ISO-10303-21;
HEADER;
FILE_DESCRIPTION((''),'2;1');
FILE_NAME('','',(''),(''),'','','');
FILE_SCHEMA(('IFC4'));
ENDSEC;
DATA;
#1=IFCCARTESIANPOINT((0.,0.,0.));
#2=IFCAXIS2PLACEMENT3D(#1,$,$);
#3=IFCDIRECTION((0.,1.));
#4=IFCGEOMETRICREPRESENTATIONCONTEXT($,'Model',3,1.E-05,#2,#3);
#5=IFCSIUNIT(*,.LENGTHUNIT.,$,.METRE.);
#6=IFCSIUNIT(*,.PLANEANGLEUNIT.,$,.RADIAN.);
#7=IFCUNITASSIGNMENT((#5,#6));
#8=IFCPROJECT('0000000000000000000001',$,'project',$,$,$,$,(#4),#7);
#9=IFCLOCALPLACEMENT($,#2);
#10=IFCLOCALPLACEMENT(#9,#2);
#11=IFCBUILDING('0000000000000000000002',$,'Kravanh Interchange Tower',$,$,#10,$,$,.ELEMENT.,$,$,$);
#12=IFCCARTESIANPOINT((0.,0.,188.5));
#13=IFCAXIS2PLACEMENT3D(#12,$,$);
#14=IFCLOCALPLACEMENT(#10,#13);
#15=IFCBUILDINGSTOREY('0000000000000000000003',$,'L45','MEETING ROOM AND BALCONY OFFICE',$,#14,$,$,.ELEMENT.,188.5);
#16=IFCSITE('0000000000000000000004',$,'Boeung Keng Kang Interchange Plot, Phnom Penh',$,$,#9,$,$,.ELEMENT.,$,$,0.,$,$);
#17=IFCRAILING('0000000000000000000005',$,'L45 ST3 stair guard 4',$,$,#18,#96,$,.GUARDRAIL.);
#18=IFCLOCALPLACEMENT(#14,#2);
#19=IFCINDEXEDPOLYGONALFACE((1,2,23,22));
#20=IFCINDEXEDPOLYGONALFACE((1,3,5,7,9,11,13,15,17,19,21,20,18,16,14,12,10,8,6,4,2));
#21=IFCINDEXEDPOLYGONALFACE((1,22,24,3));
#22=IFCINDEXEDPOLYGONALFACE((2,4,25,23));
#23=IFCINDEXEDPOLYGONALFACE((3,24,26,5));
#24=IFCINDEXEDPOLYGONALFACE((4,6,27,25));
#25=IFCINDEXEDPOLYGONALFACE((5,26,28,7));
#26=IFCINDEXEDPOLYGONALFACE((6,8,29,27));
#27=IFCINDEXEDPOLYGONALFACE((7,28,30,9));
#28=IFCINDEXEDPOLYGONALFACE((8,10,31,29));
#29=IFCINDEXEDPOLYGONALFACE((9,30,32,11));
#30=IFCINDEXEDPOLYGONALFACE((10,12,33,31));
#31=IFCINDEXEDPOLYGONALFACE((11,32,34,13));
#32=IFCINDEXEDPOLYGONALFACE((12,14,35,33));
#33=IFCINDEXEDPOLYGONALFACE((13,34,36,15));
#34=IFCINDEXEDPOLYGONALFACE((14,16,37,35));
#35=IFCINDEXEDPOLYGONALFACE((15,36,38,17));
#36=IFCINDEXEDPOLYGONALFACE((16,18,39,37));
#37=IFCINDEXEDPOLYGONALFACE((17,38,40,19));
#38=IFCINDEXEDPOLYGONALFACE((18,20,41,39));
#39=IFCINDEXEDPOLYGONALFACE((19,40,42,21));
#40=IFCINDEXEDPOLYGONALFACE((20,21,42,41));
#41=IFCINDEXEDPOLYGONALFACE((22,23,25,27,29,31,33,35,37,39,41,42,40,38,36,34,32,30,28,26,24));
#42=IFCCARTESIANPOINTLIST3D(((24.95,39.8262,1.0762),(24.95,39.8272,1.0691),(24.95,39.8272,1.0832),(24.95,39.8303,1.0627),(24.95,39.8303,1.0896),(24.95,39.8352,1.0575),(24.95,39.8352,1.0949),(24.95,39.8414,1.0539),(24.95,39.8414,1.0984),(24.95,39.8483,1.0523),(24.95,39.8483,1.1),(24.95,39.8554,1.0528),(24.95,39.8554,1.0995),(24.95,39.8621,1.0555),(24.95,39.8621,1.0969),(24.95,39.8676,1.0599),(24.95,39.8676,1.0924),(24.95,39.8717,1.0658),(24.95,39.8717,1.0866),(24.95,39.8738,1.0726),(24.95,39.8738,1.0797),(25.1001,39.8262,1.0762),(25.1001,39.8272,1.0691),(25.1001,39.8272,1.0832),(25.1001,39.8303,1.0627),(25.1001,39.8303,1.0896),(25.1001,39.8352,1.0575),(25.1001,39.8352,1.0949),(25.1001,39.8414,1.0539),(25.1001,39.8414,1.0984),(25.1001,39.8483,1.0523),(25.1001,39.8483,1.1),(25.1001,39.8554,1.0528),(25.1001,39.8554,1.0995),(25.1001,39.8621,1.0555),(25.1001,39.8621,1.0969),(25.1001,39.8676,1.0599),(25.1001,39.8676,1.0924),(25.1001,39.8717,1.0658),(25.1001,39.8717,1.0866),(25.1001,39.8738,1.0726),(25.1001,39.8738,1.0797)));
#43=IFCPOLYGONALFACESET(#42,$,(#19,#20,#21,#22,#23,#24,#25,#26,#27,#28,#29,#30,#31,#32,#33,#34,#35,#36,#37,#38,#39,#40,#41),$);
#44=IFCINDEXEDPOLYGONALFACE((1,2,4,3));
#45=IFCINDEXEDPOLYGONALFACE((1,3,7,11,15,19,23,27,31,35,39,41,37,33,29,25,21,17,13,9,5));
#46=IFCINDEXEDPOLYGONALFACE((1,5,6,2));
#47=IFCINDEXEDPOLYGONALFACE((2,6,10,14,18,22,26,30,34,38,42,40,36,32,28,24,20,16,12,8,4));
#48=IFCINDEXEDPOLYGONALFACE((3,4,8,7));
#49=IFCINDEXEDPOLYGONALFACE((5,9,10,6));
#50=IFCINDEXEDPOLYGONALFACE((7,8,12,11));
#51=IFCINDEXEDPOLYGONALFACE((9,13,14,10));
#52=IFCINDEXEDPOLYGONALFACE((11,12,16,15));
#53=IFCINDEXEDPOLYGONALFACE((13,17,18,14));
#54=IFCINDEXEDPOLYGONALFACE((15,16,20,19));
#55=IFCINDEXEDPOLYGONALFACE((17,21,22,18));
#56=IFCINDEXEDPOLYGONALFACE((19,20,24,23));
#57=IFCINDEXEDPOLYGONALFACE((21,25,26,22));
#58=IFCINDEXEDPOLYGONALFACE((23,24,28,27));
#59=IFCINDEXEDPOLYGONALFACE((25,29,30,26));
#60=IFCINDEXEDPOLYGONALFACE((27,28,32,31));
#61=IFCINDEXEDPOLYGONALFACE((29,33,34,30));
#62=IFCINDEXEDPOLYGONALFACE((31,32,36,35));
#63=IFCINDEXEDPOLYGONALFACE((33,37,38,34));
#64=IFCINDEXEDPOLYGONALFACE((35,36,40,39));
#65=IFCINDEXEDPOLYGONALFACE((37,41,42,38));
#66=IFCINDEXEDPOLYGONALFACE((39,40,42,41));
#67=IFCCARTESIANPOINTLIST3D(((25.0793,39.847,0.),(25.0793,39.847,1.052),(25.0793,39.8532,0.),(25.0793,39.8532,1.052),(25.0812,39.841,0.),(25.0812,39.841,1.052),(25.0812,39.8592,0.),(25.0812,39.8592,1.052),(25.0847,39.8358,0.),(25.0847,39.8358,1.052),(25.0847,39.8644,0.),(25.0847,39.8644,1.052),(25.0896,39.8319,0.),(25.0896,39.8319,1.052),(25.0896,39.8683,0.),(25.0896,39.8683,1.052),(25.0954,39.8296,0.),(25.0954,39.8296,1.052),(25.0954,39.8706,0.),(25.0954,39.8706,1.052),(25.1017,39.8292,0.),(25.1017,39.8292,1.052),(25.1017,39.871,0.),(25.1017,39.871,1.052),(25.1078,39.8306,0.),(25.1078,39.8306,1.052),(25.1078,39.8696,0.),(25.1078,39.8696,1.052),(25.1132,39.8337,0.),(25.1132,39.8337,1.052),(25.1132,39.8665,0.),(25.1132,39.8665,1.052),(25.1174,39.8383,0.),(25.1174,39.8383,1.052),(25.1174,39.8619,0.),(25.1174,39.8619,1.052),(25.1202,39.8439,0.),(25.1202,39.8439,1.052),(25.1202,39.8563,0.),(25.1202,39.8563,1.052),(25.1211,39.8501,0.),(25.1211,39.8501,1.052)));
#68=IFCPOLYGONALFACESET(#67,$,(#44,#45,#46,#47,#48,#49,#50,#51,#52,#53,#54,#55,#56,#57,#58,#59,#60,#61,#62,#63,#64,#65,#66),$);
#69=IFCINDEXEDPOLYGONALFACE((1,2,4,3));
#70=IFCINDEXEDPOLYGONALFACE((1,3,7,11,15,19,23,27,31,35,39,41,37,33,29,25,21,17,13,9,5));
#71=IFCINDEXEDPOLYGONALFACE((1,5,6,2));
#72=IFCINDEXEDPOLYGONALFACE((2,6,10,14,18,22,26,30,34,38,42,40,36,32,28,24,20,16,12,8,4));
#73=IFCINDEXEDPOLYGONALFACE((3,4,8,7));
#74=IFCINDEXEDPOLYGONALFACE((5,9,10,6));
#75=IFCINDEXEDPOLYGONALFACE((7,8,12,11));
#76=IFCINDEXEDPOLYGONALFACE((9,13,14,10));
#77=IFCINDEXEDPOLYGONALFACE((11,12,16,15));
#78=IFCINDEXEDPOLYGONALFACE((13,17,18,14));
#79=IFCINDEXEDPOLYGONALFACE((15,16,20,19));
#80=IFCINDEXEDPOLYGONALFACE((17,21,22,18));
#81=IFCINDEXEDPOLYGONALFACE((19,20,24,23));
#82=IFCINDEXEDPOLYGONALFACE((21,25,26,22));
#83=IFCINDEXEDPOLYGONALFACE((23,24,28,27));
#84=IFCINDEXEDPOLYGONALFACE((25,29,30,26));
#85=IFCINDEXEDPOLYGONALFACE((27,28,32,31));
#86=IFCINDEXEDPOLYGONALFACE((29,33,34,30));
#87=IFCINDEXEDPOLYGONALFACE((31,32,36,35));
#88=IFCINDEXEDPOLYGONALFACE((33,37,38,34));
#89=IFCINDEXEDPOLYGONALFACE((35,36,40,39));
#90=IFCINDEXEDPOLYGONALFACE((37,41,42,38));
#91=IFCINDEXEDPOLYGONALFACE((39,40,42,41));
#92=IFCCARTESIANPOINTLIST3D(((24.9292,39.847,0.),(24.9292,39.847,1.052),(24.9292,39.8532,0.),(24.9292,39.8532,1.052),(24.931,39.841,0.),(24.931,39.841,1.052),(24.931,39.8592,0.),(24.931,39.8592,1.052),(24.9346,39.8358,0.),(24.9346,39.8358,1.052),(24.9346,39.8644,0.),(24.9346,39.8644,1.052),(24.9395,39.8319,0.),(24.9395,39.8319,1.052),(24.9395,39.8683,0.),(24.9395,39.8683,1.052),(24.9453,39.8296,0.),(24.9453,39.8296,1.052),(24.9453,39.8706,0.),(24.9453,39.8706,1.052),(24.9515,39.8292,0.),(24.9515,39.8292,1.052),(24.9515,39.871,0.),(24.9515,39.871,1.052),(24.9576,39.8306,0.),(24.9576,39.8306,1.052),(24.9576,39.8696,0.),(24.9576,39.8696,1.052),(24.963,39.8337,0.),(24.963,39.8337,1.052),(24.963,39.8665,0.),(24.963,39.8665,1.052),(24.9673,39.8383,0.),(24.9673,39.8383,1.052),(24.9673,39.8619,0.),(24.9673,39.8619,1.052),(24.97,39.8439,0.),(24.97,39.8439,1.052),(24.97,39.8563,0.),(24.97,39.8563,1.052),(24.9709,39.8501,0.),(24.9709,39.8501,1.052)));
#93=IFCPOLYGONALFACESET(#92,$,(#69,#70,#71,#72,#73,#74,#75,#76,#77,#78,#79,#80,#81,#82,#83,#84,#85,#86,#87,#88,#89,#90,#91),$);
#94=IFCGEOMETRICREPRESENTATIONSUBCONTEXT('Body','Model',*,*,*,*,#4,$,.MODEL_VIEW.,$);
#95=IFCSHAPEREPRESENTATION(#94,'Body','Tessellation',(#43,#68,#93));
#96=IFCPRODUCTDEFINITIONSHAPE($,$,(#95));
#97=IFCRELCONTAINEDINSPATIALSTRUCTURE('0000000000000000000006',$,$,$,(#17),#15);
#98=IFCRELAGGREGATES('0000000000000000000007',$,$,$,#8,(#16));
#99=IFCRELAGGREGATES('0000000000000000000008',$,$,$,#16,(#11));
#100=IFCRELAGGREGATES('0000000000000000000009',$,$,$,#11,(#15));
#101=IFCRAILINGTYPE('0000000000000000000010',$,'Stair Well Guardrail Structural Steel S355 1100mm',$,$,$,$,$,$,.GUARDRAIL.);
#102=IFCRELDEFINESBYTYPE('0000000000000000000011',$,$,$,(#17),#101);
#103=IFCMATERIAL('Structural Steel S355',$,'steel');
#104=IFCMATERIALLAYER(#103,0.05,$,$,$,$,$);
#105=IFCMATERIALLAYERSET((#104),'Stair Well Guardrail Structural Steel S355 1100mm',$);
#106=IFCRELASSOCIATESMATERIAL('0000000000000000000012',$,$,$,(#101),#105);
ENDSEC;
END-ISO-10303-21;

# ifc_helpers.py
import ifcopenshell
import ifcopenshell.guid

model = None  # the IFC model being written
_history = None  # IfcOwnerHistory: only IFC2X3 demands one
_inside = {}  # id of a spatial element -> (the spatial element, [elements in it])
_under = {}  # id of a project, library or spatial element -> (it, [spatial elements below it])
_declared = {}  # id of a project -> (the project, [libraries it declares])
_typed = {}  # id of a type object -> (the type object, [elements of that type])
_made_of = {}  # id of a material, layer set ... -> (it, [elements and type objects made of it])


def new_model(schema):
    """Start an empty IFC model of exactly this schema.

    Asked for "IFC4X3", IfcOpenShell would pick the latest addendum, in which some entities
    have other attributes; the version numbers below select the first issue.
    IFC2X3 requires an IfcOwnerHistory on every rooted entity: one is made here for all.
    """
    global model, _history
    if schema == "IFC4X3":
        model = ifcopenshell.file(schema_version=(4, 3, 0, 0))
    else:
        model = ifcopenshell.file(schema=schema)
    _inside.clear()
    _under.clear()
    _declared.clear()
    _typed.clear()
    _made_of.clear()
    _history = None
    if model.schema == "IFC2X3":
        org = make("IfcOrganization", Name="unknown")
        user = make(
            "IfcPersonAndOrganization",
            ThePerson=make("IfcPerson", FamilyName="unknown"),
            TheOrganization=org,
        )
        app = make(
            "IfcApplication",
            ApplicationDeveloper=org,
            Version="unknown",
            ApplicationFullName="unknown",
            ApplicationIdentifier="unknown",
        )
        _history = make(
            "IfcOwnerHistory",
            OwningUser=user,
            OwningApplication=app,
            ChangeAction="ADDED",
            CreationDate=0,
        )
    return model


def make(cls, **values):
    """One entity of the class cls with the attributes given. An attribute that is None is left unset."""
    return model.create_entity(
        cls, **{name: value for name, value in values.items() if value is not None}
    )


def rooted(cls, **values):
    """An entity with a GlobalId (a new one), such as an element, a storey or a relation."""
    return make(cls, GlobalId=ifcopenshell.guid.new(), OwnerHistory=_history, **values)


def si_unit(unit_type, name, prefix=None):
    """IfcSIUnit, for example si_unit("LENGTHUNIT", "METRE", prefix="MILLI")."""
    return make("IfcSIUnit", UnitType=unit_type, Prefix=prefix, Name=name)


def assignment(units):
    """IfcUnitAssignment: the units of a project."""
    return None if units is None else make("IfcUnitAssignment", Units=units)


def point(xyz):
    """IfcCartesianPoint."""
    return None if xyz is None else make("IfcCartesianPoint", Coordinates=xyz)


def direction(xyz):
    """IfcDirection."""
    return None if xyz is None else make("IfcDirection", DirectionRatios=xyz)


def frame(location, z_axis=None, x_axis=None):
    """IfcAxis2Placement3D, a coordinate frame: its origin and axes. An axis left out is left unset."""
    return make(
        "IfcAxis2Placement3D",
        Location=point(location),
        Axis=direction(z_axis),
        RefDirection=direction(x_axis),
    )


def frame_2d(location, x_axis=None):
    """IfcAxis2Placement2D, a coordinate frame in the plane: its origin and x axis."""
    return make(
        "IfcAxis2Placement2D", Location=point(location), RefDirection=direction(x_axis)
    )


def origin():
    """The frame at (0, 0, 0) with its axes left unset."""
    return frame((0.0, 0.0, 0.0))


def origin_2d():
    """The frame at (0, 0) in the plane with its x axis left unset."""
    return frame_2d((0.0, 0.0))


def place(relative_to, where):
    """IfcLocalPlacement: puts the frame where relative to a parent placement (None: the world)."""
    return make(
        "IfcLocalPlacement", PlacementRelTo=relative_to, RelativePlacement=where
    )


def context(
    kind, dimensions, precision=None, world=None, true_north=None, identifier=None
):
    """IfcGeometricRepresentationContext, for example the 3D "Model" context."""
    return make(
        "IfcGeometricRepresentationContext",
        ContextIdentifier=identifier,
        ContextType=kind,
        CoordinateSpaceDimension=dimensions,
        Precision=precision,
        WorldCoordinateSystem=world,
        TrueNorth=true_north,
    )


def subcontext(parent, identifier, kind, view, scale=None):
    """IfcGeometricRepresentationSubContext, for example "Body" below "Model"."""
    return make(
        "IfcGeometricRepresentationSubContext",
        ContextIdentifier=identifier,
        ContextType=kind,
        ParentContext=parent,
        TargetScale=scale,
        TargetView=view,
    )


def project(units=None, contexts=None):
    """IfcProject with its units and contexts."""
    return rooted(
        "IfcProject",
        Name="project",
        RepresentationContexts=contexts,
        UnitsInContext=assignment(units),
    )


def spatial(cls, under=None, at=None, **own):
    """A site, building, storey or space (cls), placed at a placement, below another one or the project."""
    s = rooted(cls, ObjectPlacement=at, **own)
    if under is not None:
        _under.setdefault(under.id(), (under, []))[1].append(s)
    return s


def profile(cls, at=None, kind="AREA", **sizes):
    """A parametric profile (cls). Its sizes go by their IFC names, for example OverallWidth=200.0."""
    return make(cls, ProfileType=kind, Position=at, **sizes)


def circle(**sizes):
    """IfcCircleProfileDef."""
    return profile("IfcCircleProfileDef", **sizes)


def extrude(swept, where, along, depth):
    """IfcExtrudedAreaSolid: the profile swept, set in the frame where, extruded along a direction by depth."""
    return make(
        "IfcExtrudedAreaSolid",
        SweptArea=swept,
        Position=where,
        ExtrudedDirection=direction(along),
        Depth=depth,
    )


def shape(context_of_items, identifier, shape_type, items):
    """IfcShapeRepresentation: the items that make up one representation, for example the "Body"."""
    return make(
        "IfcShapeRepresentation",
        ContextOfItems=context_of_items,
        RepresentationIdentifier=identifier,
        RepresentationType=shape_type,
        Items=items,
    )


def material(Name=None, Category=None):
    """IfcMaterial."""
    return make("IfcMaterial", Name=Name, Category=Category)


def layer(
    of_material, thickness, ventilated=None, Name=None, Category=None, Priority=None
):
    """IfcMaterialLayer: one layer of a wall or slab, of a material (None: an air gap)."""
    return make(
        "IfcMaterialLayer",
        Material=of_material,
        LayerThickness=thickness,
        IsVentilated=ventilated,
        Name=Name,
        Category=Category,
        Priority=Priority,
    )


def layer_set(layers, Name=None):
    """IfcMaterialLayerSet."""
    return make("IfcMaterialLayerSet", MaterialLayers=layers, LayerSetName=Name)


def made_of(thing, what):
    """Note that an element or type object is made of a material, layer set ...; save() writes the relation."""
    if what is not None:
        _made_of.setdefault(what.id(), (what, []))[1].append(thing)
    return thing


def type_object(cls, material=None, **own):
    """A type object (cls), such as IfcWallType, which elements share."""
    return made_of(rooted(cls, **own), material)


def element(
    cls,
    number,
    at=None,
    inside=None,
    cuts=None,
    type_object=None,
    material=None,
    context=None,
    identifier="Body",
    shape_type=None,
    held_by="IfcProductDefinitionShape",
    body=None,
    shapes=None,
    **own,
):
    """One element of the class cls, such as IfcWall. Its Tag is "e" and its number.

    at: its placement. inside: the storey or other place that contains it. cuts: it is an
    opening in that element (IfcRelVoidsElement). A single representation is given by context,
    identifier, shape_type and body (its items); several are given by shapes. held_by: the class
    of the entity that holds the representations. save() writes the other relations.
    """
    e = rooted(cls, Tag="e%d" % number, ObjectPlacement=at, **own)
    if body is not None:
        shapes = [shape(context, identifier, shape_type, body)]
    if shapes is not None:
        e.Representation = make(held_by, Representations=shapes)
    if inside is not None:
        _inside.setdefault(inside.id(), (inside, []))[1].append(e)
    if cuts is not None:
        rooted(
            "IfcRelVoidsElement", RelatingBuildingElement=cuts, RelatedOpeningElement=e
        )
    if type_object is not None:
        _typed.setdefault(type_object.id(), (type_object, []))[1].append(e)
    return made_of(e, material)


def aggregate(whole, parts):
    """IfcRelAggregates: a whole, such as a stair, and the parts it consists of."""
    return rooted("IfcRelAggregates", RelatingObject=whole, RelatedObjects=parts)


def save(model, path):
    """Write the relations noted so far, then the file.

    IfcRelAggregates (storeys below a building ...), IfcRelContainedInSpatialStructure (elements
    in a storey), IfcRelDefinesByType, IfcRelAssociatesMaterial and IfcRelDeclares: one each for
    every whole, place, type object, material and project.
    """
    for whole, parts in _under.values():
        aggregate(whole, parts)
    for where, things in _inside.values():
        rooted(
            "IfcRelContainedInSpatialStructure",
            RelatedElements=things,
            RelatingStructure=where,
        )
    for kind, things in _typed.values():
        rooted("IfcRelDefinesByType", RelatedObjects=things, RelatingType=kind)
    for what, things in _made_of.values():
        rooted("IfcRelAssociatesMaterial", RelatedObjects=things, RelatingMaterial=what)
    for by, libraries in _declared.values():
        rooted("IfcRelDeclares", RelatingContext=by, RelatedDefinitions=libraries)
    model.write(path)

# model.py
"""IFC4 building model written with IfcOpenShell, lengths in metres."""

from ifc_helpers import new_model, si_unit, direction, frame, origin, origin_2d, place, context, subcontext, project, spatial, circle, extrude, material, layer, layer_set, type_object, element, save


model = new_model("IFC4")

# Units and contexts
model_context = context("Model", 3, precision=1e-05, world=origin(), true_north=direction((0.0, 1.0)))
body_context = subcontext(model_context, "Body", "Model", "MODEL_VIEW")
ifc_project = project(units=[si_unit("LENGTHUNIT", "METRE"), si_unit("PLANEANGLEUNIT", "RADIAN")], contexts=[model_context])

# Site, building, storey
site_placement = place(None, origin())
site = spatial("IfcSite", under=ifc_project, at=site_placement, Name="Boeung Keng Kang Interchange Plot, Phnom Penh", CompositionType="ELEMENT", RefElevation=0.0)
building_placement = place(site_placement, origin())
building = spatial("IfcBuilding", under=site, at=building_placement, Name="Kravanh Interchange Tower", CompositionType="ELEMENT")
storey_placement = place(building_placement, frame((0.0, 0.0, 188.5)))
storey = spatial("IfcBuildingStorey", under=building, at=storey_placement, Name="L45", Description="MEETING ROOM AND BALCONY OFFICE", CompositionType="ELEMENT", Elevation=188.5)

# Railing
ifc_material_1 = material(Name="Structural Steel S355", Category="steel")
ifc_layer_1 = layer(ifc_material_1, 0.05)
ifc_layer_set_1 = layer_set([ifc_layer_1], Name="Stair Well Guardrail Structural Steel S355 1100mm")
railing_type_1 = type_object("IfcRailingType", Name="Stair Well Guardrail Structural Steel S355 1100mm", PredefinedType="GUARDRAIL", material=ifc_layer_set_1)
railing_1_placement = place(storey_placement, frame((25.1001, 39.8501, 0.0)))
element("IfcRailing", 1, at=railing_1_placement, inside=storey, type_object=railing_type_1, Name="L45 ST3 stair guard 4", PredefinedType="GUARDRAIL", context=body_context, shape_type="SweptSolid", body=[
    extrude(circle(Radius=0.0239, at=origin_2d()), frame((0.0, 0.0, 1.0762), z_axis=(-1.0, 0.0, 0.0), x_axis=(0.0, -1.0, 0.0)), (0.0, 0.0, 1.0), 0.1501),
    extrude(circle(Radius=0.021, at=origin_2d()), origin(), (0.0, 0.0, 1.0), 1.052),
    extrude(circle(Radius=0.021, at=origin_2d()), frame((-0.1501, 0.0, 0.0)), (0.0, 0.0, 1.0), 1.052),
])

save(model, "model.ifc")
